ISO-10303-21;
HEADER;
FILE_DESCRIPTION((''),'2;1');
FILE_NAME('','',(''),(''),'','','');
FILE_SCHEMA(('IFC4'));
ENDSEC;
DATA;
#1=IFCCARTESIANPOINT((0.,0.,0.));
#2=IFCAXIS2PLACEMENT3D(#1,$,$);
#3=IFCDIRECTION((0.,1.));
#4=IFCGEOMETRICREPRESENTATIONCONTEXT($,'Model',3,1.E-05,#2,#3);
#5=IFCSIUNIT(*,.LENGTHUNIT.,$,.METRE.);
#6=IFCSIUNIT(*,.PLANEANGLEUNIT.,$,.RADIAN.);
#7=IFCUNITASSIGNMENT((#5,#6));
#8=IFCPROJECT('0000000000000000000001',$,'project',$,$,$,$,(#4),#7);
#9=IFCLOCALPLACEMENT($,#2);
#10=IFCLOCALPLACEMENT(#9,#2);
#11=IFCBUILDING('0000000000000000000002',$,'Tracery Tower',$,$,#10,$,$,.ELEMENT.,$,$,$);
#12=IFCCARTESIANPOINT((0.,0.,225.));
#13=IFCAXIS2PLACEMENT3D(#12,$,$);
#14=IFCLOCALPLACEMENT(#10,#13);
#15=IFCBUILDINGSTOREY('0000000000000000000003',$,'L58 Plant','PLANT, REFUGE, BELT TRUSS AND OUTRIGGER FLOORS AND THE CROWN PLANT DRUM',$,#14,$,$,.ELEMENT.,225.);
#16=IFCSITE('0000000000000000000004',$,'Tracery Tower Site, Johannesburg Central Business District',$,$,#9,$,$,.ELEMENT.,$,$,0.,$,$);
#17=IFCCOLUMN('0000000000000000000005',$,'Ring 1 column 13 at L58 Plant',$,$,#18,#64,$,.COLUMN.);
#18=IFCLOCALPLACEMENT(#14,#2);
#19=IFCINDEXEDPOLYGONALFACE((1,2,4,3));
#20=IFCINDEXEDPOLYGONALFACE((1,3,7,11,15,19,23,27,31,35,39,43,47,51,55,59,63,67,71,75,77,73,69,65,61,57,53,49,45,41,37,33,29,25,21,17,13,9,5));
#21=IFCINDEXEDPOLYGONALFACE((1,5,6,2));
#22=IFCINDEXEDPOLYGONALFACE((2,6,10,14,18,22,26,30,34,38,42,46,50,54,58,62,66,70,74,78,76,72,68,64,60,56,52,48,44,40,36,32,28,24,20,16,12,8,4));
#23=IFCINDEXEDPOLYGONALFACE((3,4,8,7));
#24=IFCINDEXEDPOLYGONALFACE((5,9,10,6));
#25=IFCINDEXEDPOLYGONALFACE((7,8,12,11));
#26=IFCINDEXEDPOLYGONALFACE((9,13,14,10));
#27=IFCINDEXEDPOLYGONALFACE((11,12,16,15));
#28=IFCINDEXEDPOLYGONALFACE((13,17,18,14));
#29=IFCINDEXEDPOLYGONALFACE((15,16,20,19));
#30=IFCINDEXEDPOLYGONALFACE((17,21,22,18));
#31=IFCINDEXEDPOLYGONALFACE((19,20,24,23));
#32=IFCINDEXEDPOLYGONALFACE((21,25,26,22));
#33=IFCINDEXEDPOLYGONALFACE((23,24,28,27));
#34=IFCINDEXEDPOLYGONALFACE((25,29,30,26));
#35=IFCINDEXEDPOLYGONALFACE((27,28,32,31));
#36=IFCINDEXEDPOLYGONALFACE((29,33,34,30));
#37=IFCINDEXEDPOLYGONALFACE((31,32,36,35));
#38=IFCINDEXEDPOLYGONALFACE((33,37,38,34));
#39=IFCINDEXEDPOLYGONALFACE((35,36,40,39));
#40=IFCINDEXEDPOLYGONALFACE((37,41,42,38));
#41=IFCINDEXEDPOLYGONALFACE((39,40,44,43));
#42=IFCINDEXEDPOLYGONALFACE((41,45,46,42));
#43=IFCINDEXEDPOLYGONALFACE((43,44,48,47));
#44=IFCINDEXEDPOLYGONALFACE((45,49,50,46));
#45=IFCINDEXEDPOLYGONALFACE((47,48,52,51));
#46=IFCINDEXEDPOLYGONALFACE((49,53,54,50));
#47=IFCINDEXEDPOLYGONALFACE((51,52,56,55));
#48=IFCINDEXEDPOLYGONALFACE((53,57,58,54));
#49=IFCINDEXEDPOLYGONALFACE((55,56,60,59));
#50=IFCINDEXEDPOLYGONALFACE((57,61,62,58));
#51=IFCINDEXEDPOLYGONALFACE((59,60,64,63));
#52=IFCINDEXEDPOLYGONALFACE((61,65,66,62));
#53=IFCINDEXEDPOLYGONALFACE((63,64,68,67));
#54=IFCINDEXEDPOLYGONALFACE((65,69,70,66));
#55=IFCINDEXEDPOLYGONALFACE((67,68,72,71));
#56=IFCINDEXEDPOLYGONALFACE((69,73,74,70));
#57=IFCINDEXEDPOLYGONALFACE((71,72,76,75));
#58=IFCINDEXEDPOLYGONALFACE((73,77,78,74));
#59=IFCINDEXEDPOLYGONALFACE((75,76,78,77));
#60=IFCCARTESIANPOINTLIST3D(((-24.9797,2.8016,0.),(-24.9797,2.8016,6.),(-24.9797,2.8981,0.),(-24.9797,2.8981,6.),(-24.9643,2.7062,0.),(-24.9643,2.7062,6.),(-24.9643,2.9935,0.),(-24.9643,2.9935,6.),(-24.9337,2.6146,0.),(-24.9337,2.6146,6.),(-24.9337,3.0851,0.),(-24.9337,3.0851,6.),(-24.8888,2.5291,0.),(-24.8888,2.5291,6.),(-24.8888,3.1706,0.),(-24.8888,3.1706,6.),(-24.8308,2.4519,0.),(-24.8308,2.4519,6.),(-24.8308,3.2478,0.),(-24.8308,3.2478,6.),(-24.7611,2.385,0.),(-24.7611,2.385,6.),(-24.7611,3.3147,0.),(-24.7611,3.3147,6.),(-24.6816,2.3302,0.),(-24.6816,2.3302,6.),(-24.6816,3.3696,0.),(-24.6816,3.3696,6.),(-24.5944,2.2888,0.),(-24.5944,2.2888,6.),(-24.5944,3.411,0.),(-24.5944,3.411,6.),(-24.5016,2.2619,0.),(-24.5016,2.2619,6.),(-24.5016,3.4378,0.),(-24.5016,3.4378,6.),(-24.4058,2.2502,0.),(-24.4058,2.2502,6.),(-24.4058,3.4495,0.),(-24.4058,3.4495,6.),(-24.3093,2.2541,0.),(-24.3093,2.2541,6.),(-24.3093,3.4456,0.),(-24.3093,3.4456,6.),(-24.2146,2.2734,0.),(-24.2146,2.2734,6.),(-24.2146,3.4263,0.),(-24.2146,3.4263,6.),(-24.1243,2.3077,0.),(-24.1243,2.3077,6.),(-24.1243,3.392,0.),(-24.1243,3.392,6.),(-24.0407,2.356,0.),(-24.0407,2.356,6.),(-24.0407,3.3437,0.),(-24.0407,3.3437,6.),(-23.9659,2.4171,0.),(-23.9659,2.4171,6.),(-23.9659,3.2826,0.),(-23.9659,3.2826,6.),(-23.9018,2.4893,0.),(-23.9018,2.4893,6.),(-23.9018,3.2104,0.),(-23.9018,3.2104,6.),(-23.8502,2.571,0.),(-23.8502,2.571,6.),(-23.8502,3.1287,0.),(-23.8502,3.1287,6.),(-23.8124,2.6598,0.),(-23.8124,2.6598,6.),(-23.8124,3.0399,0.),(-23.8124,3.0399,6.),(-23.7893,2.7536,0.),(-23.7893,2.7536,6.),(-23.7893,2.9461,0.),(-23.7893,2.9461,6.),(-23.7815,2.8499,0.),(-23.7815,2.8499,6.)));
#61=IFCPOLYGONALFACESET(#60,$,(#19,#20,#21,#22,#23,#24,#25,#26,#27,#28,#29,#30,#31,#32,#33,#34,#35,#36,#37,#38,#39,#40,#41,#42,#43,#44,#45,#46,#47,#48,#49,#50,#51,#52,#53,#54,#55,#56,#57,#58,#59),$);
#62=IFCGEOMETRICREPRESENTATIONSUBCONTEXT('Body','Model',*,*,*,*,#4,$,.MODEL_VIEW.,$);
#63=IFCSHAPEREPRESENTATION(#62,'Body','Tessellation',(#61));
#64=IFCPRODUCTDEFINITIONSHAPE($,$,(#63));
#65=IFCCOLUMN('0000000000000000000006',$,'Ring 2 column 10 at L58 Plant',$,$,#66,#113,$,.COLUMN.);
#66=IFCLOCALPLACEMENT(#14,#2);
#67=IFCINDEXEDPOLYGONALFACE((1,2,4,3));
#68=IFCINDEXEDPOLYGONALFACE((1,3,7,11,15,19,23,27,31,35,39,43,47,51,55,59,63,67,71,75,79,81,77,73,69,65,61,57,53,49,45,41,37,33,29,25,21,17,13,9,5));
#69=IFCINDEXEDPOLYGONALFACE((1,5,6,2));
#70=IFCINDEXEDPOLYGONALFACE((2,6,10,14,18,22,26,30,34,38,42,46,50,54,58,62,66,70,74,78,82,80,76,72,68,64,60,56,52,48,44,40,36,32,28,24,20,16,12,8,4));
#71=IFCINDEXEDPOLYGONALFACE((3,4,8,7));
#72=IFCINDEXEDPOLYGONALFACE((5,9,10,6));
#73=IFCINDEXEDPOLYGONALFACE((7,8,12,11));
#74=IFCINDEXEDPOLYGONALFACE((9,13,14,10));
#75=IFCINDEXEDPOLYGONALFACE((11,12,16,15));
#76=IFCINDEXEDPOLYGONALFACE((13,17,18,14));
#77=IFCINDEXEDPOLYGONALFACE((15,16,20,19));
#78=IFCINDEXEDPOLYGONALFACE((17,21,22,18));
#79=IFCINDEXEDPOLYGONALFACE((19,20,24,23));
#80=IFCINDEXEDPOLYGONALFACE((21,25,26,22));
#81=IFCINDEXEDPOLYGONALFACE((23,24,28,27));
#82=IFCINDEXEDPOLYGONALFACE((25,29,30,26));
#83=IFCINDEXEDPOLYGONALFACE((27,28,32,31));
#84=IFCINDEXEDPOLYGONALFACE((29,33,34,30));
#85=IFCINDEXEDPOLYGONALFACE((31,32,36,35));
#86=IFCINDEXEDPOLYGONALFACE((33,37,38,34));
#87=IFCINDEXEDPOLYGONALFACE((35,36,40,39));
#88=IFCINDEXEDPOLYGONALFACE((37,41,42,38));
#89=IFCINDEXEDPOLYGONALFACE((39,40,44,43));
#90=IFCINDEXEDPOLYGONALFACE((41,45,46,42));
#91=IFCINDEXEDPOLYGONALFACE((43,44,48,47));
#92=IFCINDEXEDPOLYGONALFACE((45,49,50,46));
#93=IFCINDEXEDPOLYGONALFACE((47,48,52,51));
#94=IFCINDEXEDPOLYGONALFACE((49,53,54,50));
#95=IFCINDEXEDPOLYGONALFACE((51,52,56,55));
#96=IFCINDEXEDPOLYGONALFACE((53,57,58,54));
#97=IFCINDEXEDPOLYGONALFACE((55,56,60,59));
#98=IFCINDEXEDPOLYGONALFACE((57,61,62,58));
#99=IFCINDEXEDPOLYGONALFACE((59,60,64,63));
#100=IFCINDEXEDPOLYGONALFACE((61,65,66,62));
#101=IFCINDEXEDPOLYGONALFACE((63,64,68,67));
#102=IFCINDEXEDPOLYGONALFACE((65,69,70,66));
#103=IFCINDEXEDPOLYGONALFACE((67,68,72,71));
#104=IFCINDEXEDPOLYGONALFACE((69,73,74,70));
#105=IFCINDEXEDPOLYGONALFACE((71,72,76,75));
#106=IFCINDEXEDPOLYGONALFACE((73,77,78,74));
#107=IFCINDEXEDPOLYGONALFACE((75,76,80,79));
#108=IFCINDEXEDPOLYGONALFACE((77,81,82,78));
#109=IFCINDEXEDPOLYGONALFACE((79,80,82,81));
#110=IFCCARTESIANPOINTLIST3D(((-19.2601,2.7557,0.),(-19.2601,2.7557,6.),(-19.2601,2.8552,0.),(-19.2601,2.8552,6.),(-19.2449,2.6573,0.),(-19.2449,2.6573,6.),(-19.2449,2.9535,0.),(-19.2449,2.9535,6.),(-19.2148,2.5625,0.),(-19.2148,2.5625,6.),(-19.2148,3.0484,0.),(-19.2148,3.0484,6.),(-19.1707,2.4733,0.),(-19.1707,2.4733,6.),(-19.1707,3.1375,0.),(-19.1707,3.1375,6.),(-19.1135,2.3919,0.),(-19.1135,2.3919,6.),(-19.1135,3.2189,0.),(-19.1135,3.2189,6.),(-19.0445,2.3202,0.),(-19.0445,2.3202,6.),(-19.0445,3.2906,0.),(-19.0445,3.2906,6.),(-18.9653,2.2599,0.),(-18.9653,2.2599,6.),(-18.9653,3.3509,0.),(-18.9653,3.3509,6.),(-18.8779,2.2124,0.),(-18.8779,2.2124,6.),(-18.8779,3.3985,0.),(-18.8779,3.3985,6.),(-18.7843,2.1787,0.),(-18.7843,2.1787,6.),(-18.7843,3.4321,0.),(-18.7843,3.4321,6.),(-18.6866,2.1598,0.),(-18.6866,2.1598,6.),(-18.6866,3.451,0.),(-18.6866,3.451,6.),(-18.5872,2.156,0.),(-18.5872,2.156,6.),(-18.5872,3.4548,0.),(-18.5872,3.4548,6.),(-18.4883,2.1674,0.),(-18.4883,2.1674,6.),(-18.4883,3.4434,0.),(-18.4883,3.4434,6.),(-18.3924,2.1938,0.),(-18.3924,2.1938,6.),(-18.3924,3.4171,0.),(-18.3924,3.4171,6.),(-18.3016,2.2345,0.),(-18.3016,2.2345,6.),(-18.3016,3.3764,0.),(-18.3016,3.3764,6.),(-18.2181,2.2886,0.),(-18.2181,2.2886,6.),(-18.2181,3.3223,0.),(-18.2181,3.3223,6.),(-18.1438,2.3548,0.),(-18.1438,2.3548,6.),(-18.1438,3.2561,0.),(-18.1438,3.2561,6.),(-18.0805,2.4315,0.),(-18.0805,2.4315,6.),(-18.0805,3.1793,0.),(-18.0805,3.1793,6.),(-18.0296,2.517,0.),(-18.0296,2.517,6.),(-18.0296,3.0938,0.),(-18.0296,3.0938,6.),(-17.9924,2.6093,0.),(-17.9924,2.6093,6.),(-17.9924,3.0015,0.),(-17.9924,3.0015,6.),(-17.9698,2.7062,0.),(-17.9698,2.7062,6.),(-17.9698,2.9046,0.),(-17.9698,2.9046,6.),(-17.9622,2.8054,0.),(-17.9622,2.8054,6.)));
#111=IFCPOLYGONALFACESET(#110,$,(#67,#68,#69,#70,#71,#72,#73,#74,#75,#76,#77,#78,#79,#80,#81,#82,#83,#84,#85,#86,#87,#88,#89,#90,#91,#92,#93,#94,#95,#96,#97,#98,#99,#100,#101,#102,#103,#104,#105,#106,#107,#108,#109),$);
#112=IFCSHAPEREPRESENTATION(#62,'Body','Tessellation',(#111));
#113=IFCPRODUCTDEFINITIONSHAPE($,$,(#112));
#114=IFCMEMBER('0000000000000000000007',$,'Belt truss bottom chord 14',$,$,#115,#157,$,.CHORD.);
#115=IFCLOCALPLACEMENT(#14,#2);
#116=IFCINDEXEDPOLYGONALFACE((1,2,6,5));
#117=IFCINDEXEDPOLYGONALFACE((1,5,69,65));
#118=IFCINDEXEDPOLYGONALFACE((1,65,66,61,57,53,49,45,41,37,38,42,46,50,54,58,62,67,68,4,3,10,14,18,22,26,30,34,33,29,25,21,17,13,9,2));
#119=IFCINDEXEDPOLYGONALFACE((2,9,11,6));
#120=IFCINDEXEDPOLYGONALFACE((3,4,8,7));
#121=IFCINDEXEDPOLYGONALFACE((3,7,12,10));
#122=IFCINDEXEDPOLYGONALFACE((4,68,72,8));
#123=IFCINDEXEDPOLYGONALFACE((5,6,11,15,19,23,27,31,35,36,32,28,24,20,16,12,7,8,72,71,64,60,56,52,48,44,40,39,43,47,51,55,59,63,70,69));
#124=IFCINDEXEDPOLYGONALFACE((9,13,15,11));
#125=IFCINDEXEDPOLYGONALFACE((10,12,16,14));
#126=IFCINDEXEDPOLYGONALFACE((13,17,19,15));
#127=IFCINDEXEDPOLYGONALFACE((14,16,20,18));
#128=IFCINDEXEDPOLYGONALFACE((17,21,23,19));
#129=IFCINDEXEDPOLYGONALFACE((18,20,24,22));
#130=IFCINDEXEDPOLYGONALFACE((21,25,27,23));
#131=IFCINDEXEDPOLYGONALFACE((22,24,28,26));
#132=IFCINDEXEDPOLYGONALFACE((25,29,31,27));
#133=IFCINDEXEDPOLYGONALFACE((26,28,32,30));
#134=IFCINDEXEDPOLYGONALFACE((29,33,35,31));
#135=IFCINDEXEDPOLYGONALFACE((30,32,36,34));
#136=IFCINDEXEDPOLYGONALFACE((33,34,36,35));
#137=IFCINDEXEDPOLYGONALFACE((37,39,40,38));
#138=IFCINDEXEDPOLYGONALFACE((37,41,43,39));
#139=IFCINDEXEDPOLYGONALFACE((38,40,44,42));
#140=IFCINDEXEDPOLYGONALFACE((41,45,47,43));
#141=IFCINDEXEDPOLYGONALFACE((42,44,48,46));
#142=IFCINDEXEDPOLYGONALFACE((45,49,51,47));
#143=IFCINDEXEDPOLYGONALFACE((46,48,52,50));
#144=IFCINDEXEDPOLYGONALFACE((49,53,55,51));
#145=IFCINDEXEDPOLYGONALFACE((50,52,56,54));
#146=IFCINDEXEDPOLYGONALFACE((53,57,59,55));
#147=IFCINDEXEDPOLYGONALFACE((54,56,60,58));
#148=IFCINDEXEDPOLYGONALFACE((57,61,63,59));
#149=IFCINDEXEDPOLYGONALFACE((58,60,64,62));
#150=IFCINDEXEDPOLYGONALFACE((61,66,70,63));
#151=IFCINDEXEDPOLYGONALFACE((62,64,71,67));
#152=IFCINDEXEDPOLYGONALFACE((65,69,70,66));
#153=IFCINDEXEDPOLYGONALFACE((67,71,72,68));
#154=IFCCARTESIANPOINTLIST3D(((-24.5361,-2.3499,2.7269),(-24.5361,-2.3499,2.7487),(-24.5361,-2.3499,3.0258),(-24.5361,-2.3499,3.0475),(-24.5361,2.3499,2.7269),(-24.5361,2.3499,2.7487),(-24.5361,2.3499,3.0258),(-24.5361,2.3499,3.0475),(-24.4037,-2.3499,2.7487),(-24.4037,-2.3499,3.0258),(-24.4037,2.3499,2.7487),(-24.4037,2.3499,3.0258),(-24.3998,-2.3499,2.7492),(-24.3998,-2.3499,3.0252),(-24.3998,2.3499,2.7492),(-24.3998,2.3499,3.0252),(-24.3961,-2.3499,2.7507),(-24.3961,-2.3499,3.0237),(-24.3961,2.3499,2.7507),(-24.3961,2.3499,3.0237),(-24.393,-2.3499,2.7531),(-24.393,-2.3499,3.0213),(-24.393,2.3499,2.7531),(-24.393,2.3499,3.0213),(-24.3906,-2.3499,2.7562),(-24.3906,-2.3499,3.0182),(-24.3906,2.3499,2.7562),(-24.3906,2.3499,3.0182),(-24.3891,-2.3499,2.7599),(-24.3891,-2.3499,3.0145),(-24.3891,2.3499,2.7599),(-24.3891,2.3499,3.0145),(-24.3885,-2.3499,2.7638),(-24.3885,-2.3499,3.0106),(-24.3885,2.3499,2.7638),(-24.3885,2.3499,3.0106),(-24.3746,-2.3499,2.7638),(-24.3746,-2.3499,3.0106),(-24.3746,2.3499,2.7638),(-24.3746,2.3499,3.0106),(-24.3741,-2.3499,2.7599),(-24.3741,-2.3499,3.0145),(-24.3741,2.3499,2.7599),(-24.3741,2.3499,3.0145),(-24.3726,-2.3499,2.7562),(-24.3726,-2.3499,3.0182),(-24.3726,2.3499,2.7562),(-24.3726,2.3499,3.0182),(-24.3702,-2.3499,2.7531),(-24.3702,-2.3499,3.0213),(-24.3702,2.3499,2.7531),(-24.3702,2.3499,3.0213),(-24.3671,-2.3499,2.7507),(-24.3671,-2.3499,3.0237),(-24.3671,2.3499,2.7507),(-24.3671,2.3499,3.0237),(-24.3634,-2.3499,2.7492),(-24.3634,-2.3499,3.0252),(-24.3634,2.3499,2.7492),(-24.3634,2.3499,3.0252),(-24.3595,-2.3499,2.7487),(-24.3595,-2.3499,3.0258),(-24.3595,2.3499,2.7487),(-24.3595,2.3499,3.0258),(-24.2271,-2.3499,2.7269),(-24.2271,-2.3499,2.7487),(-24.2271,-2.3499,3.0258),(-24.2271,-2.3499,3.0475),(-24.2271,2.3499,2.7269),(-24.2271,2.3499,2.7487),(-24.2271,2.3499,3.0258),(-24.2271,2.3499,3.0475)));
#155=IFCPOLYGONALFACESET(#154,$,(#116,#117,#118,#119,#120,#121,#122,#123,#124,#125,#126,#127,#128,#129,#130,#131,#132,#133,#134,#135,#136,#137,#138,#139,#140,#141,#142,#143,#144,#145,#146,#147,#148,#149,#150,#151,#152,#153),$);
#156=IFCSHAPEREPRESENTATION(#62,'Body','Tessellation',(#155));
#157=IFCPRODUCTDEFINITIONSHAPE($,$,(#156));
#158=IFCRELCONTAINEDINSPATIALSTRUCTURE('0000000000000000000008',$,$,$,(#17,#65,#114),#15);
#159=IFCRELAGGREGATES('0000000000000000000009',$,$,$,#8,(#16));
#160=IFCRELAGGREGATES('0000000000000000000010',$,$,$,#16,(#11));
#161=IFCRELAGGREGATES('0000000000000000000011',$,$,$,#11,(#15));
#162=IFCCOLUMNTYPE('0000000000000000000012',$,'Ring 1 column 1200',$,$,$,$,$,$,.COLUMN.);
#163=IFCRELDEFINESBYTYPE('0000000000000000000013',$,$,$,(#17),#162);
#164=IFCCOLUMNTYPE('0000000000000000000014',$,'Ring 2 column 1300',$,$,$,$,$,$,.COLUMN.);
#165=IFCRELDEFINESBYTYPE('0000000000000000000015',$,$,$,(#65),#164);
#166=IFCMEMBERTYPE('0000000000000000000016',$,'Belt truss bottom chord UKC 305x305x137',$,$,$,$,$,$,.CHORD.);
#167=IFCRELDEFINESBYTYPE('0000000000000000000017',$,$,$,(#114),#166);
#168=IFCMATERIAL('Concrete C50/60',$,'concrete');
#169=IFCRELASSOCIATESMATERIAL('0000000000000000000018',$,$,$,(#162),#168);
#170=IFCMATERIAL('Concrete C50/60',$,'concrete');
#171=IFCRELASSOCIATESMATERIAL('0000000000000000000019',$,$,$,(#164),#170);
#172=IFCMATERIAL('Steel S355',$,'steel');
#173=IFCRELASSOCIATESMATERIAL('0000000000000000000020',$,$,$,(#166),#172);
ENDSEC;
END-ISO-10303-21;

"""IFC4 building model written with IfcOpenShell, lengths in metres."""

from ifc_helpers import new_model, si_unit, direction, frame, origin, origin_2d, place, context, subcontext, project, spatial, circle, i_section, extrude, material, material_profile, profile_set, type_object, element, save


model = new_model("IFC4")

# Units and contexts
model_context = context("Model", 3, precision=1e-05, world=origin(), true_north=direction((0.0, 1.0)))
body_context = subcontext(model_context, "Body", "Model", "MODEL_VIEW")
ifc_project = project(units=[si_unit("LENGTHUNIT", "METRE"), si_unit("PLANEANGLEUNIT", "RADIAN")], contexts=[model_context])

# Site, building, storey
site_placement = place(None, origin())
site = spatial("IfcSite", under=ifc_project, at=site_placement, Name="Tracery Tower Site, Johannesburg Central Business District", CompositionType="ELEMENT", RefElevation=0.0)
building_placement = place(site_placement, origin())
building = spatial("IfcBuilding", under=site, at=building_placement, Name="Tracery Tower", CompositionType="ELEMENT")
storey_placement = place(building_placement, frame((0.0, 0.0, 225.0)))
storey = spatial("IfcBuildingStorey", under=building, at=storey_placement, Name="L58 Plant", Description="PLANT, REFUGE, BELT TRUSS AND OUTRIGGER FLOORS AND THE CROWN PLANT DRUM", CompositionType="ELEMENT", Elevation=225.0)

# Columns
ifc_material_1 = material(Name="Concrete C50/60", Category="concrete")
ifc_material_profile_1 = material_profile(ifc_material_1, circle(Radius=0.6001, at=origin_2d()), Name="RC D1200")
ifc_profile_set_1 = profile_set([ifc_material_profile_1], Name="Concrete C50/60")
column_type_1 = type_object("IfcColumnType", Name="Ring 1 column 1200", PredefinedType="COLUMN", material=ifc_profile_set_1)
column_1_placement = place(storey_placement, frame((-24.3816, 2.8499, 0.0), z_axis=(0.0, 0.0, 1.0), x_axis=(1.0, 0.0, 0.0)))
element("IfcColumn", 1, at=column_1_placement, inside=storey, type_object=column_type_1, Name="Ring 1 column 13 at L58 Plant", PredefinedType="COLUMN", context=body_context, shape_type="SweptSolid", body=[
    extrude(circle(Radius=0.6001, at=origin_2d()), origin(), (0.0, 0.0, 1.0), 6.0),
])
ifc_material_2 = material(Name="Concrete C50/60", Category="concrete")
ifc_material_profile_2 = material_profile(ifc_material_2, circle(Radius=0.6499, at=origin_2d()), Name="RC D1300")
ifc_profile_set_2 = profile_set([ifc_material_profile_2], Name="Concrete C50/60")
column_type_2 = type_object("IfcColumnType", Name="Ring 2 column 1300", PredefinedType="COLUMN", material=ifc_profile_set_2)
column_2_placement = place(storey_placement, frame((-18.6121, 2.8054, 0.0), z_axis=(0.0, 0.0, 1.0), x_axis=(1.0, 0.0, 0.0)))
element("IfcColumn", 2, at=column_2_placement, inside=storey, type_object=column_type_2, Name="Ring 2 column 10 at L58 Plant", PredefinedType="COLUMN", context=body_context, shape_type="SweptSolid", body=[
    extrude(circle(Radius=0.6499, at=origin_2d()), origin(), (0.0, 0.0, 1.0), 6.0),
])

# Member
ifc_material_3 = material(Name="Steel S355", Category="steel")
ifc_material_profile_3 = material_profile(ifc_material_3, i_section(OverallWidth=0.3091, OverallDepth=0.3206, WebThickness=0.0139, FlangeThickness=0.0217, FilletRadius=0.0151, at=origin_2d()), Name="UKC 305x305x137")
ifc_profile_set_3 = profile_set([ifc_material_profile_3], Name="Steel S355")
member_type_1 = type_object("IfcMemberType", Name="Belt truss bottom chord UKC 305x305x137", PredefinedType="CHORD", material=ifc_profile_set_3)
member_1_placement = place(storey_placement, frame((-24.3816, 2.3499, 2.8872), z_axis=(0.0, -1.0, 0.0), x_axis=(1.0, 0.0, 0.0)))
element("IfcMember", 3, at=member_1_placement, inside=storey, type_object=member_type_1, Name="Belt truss bottom chord 14", PredefinedType="CHORD", context=body_context, shape_type="SweptSolid", body=[
    extrude(i_section(OverallWidth=0.3091, OverallDepth=0.3206, WebThickness=0.0139, FlangeThickness=0.0217, FilletRadius=0.0151, at=origin_2d()), origin(), (0.0, 0.0, 1.0), 4.6997),
])

save(model, "model.ifc")
